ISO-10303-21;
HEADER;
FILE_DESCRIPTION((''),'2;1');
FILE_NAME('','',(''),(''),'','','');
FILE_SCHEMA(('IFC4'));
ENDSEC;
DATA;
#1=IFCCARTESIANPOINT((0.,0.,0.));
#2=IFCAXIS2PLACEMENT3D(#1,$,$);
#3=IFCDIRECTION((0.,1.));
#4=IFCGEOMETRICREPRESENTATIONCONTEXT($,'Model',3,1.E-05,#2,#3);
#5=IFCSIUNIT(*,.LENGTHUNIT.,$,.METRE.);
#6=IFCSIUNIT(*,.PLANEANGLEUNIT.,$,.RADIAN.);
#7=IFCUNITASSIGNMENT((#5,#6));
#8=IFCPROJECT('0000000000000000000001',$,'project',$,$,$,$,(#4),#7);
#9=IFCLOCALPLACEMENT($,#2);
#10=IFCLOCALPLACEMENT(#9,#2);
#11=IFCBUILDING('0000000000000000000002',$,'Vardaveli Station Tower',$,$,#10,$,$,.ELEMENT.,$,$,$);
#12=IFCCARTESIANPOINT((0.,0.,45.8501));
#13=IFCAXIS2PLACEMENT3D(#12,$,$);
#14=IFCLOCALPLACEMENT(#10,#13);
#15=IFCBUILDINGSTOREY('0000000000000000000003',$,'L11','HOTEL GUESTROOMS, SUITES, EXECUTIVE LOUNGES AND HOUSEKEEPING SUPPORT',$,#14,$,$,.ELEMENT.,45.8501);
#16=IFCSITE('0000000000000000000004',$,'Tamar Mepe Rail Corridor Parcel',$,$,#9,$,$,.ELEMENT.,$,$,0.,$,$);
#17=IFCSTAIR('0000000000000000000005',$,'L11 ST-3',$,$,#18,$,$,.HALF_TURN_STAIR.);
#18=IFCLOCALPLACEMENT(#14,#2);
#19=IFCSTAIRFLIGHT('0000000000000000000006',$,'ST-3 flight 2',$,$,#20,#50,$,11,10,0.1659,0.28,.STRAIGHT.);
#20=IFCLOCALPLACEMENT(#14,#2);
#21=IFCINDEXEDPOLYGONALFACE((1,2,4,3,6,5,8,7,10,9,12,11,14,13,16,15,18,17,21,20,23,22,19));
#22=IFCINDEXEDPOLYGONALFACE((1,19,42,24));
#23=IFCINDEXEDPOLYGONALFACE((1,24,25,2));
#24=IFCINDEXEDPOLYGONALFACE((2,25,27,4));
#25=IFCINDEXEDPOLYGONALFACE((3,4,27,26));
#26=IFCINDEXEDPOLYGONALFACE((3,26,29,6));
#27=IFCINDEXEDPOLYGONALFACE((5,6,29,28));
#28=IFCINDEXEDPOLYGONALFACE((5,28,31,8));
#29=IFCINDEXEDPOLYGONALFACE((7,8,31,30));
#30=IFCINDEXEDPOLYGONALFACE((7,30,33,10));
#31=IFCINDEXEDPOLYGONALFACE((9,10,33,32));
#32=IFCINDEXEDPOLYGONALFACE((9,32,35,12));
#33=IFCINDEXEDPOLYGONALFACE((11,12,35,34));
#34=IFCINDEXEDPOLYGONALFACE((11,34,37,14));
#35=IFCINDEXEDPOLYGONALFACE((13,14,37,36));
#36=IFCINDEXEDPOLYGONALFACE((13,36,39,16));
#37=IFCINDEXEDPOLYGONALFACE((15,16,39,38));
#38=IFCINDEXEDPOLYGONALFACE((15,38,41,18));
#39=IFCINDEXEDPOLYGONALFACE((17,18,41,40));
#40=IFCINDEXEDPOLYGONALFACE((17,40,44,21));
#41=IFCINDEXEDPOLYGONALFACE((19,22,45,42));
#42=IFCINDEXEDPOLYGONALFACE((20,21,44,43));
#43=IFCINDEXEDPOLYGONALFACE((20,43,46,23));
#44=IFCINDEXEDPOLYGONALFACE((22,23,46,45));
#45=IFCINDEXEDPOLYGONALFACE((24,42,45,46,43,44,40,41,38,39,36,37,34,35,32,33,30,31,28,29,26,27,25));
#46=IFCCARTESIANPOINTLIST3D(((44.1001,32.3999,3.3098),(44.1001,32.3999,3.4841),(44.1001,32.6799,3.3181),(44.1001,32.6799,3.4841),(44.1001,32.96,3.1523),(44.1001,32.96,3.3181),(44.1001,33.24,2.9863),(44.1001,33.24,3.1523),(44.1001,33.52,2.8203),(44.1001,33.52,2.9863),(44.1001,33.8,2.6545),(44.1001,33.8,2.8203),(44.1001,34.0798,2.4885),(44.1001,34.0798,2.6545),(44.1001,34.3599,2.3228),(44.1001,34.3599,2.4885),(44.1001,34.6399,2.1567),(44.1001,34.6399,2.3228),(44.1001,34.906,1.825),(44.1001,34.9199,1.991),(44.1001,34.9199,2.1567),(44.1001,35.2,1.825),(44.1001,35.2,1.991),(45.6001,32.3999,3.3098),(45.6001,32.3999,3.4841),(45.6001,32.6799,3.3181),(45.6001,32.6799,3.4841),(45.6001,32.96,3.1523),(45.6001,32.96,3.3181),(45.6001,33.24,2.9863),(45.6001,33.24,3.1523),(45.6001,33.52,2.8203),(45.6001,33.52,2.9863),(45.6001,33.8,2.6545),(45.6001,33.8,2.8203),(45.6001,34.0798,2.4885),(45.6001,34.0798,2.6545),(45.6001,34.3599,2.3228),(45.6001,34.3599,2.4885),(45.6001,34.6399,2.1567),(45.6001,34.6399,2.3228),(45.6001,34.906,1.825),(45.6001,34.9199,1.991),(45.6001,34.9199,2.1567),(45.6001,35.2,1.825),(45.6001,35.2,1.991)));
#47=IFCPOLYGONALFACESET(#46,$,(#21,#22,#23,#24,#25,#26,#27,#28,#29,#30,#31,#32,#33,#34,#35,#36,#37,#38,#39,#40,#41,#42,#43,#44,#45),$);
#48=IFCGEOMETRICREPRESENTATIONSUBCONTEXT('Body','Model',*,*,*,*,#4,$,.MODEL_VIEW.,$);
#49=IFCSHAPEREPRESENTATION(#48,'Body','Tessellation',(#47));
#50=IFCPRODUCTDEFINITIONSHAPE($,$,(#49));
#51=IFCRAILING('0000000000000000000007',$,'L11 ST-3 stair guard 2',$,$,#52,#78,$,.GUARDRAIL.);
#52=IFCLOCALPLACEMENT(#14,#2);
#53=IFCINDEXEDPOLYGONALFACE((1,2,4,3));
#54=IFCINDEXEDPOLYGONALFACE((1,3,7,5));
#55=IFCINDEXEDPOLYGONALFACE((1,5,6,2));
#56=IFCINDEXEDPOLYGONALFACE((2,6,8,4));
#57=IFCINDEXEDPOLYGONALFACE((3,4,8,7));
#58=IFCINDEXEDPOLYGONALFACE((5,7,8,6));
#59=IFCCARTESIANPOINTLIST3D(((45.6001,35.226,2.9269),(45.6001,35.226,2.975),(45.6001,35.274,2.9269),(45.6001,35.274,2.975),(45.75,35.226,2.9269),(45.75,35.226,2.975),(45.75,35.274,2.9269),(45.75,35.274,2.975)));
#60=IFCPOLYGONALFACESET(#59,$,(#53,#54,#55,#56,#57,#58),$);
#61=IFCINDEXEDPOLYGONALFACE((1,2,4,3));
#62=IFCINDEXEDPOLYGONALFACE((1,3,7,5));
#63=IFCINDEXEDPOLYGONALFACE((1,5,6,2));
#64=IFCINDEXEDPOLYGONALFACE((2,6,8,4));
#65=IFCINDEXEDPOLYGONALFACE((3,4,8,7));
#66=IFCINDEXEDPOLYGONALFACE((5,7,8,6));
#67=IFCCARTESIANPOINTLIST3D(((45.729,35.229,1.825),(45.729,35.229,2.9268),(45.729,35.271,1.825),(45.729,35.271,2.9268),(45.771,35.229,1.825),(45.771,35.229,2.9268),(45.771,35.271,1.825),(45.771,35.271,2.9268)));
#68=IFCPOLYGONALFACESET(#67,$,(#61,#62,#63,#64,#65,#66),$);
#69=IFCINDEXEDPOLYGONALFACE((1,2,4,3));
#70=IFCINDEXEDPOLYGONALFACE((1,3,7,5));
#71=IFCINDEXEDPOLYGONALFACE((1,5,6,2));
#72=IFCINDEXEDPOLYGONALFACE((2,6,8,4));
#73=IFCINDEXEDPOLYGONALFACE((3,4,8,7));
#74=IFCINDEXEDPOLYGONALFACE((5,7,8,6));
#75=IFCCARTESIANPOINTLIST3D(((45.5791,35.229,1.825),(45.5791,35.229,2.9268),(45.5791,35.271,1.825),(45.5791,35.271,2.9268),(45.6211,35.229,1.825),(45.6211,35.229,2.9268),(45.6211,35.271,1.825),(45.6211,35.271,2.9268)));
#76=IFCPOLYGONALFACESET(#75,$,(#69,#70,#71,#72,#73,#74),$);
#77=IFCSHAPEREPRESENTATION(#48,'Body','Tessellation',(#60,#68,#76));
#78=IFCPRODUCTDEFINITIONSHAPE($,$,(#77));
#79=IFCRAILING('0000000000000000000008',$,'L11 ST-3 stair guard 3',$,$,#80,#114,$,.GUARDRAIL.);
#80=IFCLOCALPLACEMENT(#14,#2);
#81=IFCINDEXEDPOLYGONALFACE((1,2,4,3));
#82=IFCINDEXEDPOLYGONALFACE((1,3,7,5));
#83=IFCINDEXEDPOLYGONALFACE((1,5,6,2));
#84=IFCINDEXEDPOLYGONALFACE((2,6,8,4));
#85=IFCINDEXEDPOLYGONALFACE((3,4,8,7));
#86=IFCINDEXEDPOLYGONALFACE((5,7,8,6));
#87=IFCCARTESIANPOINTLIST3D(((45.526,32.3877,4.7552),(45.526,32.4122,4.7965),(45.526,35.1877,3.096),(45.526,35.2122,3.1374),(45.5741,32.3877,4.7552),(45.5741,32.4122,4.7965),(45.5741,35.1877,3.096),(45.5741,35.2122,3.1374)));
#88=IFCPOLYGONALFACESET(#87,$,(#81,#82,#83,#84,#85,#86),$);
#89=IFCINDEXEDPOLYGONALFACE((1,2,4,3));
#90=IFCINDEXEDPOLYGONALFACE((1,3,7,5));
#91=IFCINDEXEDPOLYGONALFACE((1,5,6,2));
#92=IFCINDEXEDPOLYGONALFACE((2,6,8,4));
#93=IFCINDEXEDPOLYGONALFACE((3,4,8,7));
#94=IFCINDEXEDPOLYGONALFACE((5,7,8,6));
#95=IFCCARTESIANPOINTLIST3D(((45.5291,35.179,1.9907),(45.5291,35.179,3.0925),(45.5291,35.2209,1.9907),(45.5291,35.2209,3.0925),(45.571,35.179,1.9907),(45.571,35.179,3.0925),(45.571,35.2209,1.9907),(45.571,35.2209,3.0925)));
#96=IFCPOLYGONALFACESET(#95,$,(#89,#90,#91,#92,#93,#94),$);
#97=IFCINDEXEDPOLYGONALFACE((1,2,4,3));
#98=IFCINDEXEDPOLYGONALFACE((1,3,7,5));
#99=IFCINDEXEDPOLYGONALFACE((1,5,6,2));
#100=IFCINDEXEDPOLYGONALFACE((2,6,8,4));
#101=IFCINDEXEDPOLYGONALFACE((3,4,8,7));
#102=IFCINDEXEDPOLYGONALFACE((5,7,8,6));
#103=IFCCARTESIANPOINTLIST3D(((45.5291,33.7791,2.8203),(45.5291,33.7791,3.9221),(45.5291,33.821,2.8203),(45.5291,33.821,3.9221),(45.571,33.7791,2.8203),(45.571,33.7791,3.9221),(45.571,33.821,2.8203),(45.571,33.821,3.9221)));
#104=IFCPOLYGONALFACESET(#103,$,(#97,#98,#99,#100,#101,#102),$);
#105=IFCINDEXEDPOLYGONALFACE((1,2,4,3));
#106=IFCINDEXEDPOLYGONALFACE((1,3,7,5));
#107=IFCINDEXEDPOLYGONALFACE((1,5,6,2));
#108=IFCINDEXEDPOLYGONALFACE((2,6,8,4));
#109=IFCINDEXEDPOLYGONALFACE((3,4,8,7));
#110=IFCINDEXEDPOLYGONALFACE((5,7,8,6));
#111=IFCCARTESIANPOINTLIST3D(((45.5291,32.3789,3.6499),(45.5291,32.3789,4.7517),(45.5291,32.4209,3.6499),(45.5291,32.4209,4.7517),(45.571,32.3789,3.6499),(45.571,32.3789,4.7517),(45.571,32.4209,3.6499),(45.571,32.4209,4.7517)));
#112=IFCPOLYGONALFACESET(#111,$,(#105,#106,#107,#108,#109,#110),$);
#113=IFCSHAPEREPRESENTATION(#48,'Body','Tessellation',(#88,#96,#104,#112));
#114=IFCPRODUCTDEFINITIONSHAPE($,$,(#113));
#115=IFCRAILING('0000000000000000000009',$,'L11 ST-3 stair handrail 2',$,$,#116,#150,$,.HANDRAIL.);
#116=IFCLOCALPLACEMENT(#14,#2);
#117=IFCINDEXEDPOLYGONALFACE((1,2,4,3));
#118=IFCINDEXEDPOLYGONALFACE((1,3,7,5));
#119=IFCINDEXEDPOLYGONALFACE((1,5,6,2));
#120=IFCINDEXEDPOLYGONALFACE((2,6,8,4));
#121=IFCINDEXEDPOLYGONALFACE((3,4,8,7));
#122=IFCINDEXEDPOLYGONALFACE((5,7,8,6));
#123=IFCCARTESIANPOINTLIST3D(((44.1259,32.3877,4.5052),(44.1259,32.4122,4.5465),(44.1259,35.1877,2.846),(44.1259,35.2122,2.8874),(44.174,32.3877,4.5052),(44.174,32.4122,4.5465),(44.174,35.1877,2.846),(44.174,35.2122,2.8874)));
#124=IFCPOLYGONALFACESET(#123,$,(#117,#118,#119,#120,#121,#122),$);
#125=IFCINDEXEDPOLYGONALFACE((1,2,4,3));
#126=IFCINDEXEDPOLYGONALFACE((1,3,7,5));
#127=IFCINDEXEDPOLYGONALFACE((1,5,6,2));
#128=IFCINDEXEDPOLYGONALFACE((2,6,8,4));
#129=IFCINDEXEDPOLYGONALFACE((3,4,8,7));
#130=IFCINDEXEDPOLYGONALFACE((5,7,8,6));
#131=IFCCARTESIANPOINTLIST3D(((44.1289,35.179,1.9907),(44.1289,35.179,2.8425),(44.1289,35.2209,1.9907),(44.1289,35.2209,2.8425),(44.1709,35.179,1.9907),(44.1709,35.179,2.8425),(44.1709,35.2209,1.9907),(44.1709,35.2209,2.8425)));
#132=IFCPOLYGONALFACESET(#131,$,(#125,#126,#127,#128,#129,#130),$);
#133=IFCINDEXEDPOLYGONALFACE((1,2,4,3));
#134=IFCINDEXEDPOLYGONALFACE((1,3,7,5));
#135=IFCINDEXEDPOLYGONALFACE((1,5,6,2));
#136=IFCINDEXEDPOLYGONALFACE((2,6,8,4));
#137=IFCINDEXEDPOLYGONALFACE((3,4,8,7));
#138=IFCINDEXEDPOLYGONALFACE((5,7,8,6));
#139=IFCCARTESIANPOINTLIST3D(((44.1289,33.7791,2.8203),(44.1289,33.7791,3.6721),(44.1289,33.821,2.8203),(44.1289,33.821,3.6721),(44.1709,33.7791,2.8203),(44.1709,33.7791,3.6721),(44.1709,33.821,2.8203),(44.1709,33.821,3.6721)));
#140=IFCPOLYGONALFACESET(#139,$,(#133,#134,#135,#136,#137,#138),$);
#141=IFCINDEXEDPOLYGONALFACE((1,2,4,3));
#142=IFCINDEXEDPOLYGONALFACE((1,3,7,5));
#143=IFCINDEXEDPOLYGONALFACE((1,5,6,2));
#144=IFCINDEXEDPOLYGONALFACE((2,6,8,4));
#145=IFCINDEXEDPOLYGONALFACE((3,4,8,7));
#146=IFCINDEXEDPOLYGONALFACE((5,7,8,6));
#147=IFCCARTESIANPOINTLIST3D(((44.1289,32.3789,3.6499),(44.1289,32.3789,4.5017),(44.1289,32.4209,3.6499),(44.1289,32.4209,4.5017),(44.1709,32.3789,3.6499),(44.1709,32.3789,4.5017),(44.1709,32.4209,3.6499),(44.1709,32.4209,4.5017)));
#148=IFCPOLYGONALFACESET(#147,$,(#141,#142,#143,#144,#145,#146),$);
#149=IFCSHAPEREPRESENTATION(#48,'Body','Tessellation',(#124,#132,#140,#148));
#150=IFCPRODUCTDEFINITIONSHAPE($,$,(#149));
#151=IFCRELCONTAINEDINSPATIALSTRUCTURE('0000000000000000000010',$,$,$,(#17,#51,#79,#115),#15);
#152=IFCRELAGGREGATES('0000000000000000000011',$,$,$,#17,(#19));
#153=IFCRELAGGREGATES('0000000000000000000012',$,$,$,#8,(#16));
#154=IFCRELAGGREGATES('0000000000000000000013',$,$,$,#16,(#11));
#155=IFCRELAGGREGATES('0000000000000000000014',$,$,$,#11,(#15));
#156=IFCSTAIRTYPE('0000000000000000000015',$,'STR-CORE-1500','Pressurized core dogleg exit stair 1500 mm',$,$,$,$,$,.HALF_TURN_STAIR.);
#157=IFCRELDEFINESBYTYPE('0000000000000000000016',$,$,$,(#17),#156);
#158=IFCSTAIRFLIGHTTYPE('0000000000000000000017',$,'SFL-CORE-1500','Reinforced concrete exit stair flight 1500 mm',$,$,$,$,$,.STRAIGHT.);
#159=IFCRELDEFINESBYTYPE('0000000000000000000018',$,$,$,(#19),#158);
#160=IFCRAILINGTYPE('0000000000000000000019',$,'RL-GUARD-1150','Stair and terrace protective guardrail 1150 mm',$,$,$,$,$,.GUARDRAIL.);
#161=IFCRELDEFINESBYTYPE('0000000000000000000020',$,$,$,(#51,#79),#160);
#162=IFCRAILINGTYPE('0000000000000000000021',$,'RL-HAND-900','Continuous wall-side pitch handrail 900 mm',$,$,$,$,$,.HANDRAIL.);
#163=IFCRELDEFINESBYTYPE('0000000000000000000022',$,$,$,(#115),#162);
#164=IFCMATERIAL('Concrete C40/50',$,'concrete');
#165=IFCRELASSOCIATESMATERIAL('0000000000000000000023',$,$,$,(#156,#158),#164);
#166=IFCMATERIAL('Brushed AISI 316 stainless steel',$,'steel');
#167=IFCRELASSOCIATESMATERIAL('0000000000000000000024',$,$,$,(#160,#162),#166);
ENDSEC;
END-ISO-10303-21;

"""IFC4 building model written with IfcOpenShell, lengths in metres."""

from ifc_helpers import new_model, si_unit, direction, frame, origin, origin_2d, place, context, subcontext, project, spatial, polyline, rectangle, outline, extrude, source, transform, mapped, material, type_object, element, aggregate, save


model = new_model("IFC4")

# Units and contexts
model_context = context("Model", 3, precision=1e-05, world=origin(), true_north=direction((0.0, 1.0)))
body_context = subcontext(model_context, "Body", "Model", "MODEL_VIEW")
ifc_project = project(units=[si_unit("LENGTHUNIT", "METRE"), si_unit("PLANEANGLEUNIT", "RADIAN")], contexts=[model_context])

# Site, building, storey
site_placement = place(None, origin())
site = spatial("IfcSite", under=ifc_project, at=site_placement, Name="Tamar Mepe Rail Corridor Parcel", CompositionType="ELEMENT", RefElevation=0.0)
building_placement = place(site_placement, origin())
building = spatial("IfcBuilding", under=site, at=building_placement, Name="Vardaveli Station Tower", CompositionType="ELEMENT")
storey_placement = place(building_placement, frame((0.0, 0.0, 45.8501)))
storey = spatial("IfcBuildingStorey", under=building, at=storey_placement, Name="L11", Description="HOTEL GUESTROOMS, SUITES, EXECUTIVE LOUNGES AND HOUSEKEEPING SUPPORT", CompositionType="ELEMENT", Elevation=45.8501)

# Shared definitions
ifc_material_1 = material(Name="Concrete C40/50", Category="concrete")

# Stair, stair flight
stair_type = type_object("IfcStairType", Name="STR-CORE-1500", Description="Pressurized core dogleg exit stair 1500 mm", PredefinedType="HALF_TURN_STAIR", material=ifc_material_1)
stair_placement = place(storey_placement, origin())
stair = element("IfcStair", 1, at=stair_placement, inside=storey, type_object=stair_type, Name="L11 ST-3", PredefinedType="HALF_TURN_STAIR")
stair_flight_type = type_object("IfcStairFlightType", Name="SFL-CORE-1500", Description="Reinforced concrete exit stair flight 1500 mm", PredefinedType="STRAIGHT", material=ifc_material_1)
shared_shape_1 = source(origin(), body_context, "Body", "SweptSolid", [
    extrude(outline(polyline([(0.0, 0.0), (0.0, 0.166), (0.28, 0.166), (0.28, 0.3318), (0.5601, 0.3318), (0.5601, 0.4978), (0.8401, 0.4978), (0.8401, 0.6636), (1.1201, 0.6636), (1.1201, 0.8296), (1.3999, 0.8296), (1.3999, 0.9954), (1.6799, 0.9954), (1.6799, 1.1614), (1.96, 1.1614), (1.96, 1.3274), (2.24, 1.3274), (2.24, 1.4932), (2.52, 1.4932), (2.52, 1.6592), (2.8, 1.6592), (2.8, 1.825), (2.8, 1.4849), (0.2939, 0.0), (0.0, 0.0)])), frame((0.0, 0.75, 0.0), z_axis=(0.0, -1.0, 0.0), x_axis=(1.0, 0.0, 0.0)), (0.0, 0.0, 1.0), 1.5),
])
stair_flight_placement = place(storey_placement, frame((44.8501, 35.2, 1.825), z_axis=(0.0, 0.0, 1.0), x_axis=(0.0, -1.0, 0.0)))
stair_flight = element("IfcStairFlight", 2, at=stair_flight_placement, type_object=stair_flight_type, Name="ST-3 flight 2", NumberOfRisers=11, NumberOfTreads=10, PredefinedType="STRAIGHT", RiserHeight=0.1659, TreadLength=0.28, context=body_context, shape_type="MappedRepresentation", body=[
    mapped(shared_shape_1, transform((0.0, 0.0, 0.0), scale=1.0)),
])
aggregate(stair, [stair_flight])

# Railings
ifc_material_2 = material(Name="Brushed AISI 316 stainless steel", Category="steel")
railing_type_1 = type_object("IfcRailingType", Name="RL-GUARD-1150", Description="Stair and terrace protective guardrail 1150 mm", PredefinedType="GUARDRAIL", material=ifc_material_2)
shared_shape_2 = source(origin(), body_context, "Body", "SweptSolid", [
    extrude(rectangle(XDim=0.0481, YDim=0.0481, at=origin_2d()), frame((0.0, 0.0, 1.126), z_axis=(-1.0, 0.0, 0.0), x_axis=(0.0, -1.0, 0.0)), (0.0, 0.0, 1.0), 0.1499),
    extrude(rectangle(XDim=0.042, YDim=0.042, at=origin_2d()), origin(), (0.0, 0.0, 1.0), 1.1018),
    extrude(rectangle(XDim=0.042, YDim=0.042, at=origin_2d()), frame((-0.1499, 0.0, 0.0)), (0.0, 0.0, 1.0), 1.1018),
])
railing_1_placement = place(storey_placement, frame((45.75, 35.25, 1.825)))
element("IfcRailing", 3, at=railing_1_placement, inside=storey, type_object=railing_type_1, Name="L11 ST-3 stair guard 2", PredefinedType="GUARDRAIL", context=body_context, shape_type="MappedRepresentation", body=[
    mapped(shared_shape_2, transform((0.0, 0.0, 0.0), scale=1.0)),
])
shared_shape_3 = source(origin(), body_context, "Body", "SweptSolid", [
    extrude(rectangle(XDim=0.0481, YDim=0.0481, at=origin_2d()), frame((0.0, 0.0, 1.126), z_axis=(0.0, -0.860306, 0.509778), x_axis=(1.0, 0.0, 0.0)), (0.0, 0.0, 1.0), 3.2546),
    extrude(rectangle(XDim=0.042, YDim=0.042, at=origin_2d()), origin(), (0.0, 0.0, 1.0), 1.1018),
    extrude(rectangle(XDim=0.042, YDim=0.042, at=origin_2d()), frame((0.0, -1.3999, 0.8296)), (0.0, 0.0, 1.0), 1.1018),
    extrude(rectangle(XDim=0.042, YDim=0.042, at=origin_2d()), frame((0.0, -2.8, 1.6592)), (0.0, 0.0, 1.0), 1.1018),
])
railing_2_placement = place(storey_placement, frame((45.55, 35.2, 1.9907)))
element("IfcRailing", 4, at=railing_2_placement, inside=storey, type_object=railing_type_1, Name="L11 ST-3 stair guard 3", PredefinedType="GUARDRAIL", context=body_context, shape_type="MappedRepresentation", body=[
    mapped(shared_shape_3, transform((0.0, 0.0, 0.0), scale=1.0)),
])
railing_type_2 = type_object("IfcRailingType", Name="RL-HAND-900", Description="Continuous wall-side pitch handrail 900 mm", PredefinedType="HANDRAIL", material=ifc_material_2)
shared_shape_4 = source(origin(), body_context, "Body", "SweptSolid", [
    extrude(rectangle(XDim=0.0481, YDim=0.0481, at=origin_2d()), frame((0.0, 0.0, 0.876), z_axis=(0.0, -0.860306, 0.509778), x_axis=(1.0, 0.0, 0.0)), (0.0, 0.0, 1.0), 3.2546),
    extrude(rectangle(XDim=0.042, YDim=0.042, at=origin_2d()), origin(), (0.0, 0.0, 1.0), 0.8518),
    extrude(rectangle(XDim=0.042, YDim=0.042, at=origin_2d()), frame((0.0, -1.3999, 0.8296)), (0.0, 0.0, 1.0), 0.8518),
    extrude(rectangle(XDim=0.042, YDim=0.042, at=origin_2d()), frame((0.0, -2.8, 1.6592)), (0.0, 0.0, 1.0), 0.8518),
])
railing_3_placement = place(storey_placement, frame((44.1499, 35.2, 1.9907)))
element("IfcRailing", 5, at=railing_3_placement, inside=storey, type_object=railing_type_2, Name="L11 ST-3 stair handrail 2", PredefinedType="HANDRAIL", context=body_context, shape_type="MappedRepresentation", body=[
    mapped(shared_shape_4, transform((0.0, 0.0, 0.0), scale=1.0)),
])

save(model, "model.ifc")
